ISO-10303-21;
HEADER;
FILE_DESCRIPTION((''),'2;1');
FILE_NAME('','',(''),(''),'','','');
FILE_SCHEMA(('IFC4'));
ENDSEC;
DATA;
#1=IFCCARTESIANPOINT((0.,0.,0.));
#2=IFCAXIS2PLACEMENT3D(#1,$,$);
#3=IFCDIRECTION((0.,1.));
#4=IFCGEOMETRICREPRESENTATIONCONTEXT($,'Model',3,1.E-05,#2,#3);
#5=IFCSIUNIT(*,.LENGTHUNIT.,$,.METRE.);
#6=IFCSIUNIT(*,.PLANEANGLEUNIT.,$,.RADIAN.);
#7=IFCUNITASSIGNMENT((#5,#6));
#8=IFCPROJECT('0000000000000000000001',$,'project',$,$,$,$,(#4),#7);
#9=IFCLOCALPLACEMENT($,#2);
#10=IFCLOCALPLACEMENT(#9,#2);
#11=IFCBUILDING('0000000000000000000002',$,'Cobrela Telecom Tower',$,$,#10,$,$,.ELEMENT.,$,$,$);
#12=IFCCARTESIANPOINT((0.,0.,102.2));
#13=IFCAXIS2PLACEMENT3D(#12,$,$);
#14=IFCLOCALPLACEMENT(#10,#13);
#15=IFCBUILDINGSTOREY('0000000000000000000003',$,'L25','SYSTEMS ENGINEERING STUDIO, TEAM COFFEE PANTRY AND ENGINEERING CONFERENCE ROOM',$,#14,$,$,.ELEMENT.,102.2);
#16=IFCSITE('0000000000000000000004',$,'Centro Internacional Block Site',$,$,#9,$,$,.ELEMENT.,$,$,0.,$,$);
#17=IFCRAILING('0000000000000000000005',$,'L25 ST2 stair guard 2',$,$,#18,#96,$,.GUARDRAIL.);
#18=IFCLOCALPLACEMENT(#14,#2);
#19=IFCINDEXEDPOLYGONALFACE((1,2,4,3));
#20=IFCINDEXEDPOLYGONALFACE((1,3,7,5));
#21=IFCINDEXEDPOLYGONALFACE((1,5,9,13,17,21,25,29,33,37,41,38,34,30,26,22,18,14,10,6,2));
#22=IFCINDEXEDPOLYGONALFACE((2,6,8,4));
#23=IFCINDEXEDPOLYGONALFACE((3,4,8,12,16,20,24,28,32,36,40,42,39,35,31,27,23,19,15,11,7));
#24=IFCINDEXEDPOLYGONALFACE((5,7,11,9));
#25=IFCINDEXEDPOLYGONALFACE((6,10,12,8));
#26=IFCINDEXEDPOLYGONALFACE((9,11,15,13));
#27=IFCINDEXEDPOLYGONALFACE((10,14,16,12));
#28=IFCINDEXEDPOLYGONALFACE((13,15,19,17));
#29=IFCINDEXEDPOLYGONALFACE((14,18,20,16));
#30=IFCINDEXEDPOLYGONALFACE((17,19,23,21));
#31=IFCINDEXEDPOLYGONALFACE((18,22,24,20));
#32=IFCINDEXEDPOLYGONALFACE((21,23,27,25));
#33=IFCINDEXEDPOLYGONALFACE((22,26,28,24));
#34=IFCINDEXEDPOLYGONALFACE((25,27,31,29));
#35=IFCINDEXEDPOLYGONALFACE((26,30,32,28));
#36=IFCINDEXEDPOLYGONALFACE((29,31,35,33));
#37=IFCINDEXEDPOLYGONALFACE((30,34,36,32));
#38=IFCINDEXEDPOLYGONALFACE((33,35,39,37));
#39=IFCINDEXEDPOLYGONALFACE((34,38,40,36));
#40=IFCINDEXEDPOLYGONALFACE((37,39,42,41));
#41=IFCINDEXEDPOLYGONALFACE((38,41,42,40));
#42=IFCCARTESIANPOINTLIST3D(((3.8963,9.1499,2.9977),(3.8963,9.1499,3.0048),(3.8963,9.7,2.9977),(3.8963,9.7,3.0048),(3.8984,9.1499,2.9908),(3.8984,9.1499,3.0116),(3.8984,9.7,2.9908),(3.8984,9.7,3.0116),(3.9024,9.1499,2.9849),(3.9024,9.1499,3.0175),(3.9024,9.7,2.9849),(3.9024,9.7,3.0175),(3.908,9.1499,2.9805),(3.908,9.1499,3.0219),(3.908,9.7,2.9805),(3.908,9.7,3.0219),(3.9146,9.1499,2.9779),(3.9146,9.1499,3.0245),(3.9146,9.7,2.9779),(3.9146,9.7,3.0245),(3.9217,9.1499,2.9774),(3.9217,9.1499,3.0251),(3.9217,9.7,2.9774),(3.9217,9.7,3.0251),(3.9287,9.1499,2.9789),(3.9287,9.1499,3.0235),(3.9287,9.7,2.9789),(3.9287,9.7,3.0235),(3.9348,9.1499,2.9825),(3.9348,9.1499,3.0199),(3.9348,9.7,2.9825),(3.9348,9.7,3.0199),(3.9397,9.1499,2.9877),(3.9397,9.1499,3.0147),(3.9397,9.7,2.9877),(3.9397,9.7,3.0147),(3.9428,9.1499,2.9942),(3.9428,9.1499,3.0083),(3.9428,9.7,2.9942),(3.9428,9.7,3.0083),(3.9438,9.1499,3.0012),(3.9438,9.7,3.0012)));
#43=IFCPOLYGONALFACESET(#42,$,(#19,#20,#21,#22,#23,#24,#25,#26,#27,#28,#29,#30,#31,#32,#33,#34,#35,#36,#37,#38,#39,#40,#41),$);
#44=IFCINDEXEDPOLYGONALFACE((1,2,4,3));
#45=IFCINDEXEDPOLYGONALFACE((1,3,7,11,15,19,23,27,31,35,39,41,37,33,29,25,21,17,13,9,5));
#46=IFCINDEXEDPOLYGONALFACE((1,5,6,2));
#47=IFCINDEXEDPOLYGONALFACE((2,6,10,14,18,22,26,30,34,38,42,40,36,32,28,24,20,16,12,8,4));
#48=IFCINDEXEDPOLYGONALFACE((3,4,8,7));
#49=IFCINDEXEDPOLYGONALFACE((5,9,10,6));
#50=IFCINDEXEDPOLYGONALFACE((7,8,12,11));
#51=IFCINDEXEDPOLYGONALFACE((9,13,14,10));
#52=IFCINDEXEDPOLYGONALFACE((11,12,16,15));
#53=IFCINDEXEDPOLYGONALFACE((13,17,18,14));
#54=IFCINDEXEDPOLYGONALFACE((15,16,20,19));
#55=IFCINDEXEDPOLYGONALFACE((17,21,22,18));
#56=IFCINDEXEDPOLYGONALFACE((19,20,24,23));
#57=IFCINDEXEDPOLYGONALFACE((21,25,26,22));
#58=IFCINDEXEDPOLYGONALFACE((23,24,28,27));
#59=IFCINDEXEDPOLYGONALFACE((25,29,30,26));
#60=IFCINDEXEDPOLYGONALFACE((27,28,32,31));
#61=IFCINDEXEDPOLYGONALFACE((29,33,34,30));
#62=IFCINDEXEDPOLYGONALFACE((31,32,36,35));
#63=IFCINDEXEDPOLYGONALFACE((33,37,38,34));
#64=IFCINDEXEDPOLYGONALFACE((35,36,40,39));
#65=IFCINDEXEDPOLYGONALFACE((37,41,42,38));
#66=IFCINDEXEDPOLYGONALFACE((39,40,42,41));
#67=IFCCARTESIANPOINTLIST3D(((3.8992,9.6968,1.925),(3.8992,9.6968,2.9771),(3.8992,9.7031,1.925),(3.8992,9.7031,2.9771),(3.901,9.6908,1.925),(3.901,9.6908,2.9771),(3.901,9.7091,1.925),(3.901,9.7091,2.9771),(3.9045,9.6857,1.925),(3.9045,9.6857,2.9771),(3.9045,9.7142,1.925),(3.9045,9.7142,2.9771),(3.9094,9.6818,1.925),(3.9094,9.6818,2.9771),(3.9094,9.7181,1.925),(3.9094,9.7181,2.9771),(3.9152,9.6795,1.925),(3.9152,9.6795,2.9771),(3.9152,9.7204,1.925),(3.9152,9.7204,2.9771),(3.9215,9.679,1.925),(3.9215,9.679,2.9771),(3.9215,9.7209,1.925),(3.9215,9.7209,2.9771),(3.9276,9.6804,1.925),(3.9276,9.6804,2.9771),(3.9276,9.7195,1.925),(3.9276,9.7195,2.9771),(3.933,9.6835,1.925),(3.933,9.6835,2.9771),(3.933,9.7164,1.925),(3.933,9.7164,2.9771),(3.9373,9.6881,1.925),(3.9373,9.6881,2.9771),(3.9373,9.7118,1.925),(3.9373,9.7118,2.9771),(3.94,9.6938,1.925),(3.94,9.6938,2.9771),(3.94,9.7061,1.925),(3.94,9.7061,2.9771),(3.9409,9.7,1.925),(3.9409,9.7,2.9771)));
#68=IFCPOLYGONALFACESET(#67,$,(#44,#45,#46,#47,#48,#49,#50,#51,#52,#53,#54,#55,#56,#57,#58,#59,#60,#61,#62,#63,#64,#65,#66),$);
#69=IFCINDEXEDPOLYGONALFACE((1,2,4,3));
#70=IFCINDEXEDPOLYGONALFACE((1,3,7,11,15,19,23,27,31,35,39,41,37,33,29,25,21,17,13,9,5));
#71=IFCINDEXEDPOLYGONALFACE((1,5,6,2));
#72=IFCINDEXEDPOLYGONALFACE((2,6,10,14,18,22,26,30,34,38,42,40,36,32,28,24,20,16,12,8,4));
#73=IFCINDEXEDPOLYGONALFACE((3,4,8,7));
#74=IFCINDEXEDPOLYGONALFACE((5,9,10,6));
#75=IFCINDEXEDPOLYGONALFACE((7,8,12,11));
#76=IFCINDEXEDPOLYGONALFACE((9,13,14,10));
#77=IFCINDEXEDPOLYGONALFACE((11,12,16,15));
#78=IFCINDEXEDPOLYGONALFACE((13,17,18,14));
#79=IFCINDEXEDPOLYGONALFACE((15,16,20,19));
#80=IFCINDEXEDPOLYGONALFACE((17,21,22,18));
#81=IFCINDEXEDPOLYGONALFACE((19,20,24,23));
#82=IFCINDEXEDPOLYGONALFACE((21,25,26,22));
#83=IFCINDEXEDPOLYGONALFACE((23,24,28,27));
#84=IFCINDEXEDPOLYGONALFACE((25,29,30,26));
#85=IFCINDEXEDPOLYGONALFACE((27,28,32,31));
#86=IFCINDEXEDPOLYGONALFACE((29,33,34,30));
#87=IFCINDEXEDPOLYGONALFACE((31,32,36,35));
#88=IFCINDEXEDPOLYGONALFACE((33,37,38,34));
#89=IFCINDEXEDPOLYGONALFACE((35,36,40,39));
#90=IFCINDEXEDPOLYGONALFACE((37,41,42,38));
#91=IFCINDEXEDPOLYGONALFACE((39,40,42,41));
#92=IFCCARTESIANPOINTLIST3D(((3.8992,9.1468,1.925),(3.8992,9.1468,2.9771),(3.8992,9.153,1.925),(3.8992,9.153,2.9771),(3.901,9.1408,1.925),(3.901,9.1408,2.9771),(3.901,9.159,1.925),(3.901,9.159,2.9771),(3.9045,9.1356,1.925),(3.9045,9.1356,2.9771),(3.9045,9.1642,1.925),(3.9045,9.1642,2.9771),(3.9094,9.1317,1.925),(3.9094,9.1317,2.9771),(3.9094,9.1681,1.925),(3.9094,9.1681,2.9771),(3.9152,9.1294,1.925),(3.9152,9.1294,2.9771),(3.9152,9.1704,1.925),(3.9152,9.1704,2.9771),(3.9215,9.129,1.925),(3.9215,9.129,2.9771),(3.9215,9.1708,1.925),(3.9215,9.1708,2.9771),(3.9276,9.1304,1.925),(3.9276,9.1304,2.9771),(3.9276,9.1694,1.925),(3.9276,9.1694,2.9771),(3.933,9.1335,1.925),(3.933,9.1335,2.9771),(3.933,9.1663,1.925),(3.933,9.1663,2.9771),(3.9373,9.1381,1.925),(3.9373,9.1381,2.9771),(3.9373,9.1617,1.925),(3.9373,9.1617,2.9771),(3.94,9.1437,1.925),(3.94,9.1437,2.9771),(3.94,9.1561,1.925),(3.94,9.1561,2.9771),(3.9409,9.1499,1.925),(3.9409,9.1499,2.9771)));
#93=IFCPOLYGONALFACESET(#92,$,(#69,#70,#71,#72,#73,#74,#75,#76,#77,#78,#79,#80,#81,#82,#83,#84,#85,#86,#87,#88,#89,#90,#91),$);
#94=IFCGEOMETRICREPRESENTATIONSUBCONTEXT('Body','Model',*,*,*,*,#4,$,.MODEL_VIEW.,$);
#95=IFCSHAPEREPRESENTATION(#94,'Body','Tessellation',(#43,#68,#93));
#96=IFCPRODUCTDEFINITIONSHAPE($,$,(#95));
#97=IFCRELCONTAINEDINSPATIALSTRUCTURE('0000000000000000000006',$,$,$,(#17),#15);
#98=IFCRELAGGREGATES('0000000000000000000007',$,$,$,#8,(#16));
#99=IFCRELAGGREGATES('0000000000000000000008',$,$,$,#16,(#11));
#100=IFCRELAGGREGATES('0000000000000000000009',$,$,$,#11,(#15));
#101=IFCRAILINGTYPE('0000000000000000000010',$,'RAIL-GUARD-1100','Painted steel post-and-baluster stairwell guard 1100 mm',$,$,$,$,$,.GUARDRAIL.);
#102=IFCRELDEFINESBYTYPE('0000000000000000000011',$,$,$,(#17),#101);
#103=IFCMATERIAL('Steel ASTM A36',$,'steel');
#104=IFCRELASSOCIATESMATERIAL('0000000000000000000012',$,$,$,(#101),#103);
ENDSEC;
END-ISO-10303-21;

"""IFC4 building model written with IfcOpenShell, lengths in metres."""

from ifc_helpers import new_model, si_unit, direction, frame, origin, origin_2d, place, context, subcontext, project, spatial, circle, extrude, material, type_object, element, save


model = new_model("IFC4")

# Units and contexts
model_context = context("Model", 3, precision=1e-05, world=origin(), true_north=direction((0.0, 1.0)))
body_context = subcontext(model_context, "Body", "Model", "MODEL_VIEW")
ifc_project = project(units=[si_unit("LENGTHUNIT", "METRE"), si_unit("PLANEANGLEUNIT", "RADIAN")], contexts=[model_context])

# Site, building, storey
site_placement = place(None, origin())
site = spatial("IfcSite", under=ifc_project, at=site_placement, Name="Centro Internacional Block Site", CompositionType="ELEMENT", RefElevation=0.0)
building_placement = place(site_placement, origin())
building = spatial("IfcBuilding", under=site, at=building_placement, Name="Cobrela Telecom Tower", CompositionType="ELEMENT")
storey_placement = place(building_placement, frame((0.0, 0.0, 102.2)))
storey = spatial("IfcBuildingStorey", under=building, at=storey_placement, Name="L25", Description="SYSTEMS ENGINEERING STUDIO, TEAM COFFEE PANTRY AND ENGINEERING CONFERENCE ROOM", CompositionType="ELEMENT", Elevation=102.2)

# Shared definitions
ifc_material_1 = material(Name="Steel ASTM A36", Category="steel")

# Railing
railing_type_1 = type_object("IfcRailingType", Name="RAIL-GUARD-1100", Description="Painted steel post-and-baluster stairwell guard 1100 mm", PredefinedType="GUARDRAIL", material=ifc_material_1)
railing_1_placement = place(storey_placement, frame((3.9199, 9.7, 1.925)))
element("IfcRailing", 1, at=railing_1_placement, inside=storey, type_object=railing_type_1, Name="L25 ST2 stair guard 2", PredefinedType="GUARDRAIL", context=body_context, shape_type="SweptSolid", body=[
    extrude(circle(Radius=0.0239, at=origin_2d()), frame((0.0, 0.0, 1.0762), z_axis=(0.0, -1.0, 0.0), x_axis=(1.0, 0.0, 0.0)), (0.0, 0.0, 1.0), 0.55),
    extrude(circle(Radius=0.021, at=origin_2d()), origin(), (0.0, 0.0, 1.0), 1.052),
    extrude(circle(Radius=0.021, at=origin_2d()), frame((0.0, -0.55, 0.0)), (0.0, 0.0, 1.0), 1.052),
])

save(model, "model.ifc")
